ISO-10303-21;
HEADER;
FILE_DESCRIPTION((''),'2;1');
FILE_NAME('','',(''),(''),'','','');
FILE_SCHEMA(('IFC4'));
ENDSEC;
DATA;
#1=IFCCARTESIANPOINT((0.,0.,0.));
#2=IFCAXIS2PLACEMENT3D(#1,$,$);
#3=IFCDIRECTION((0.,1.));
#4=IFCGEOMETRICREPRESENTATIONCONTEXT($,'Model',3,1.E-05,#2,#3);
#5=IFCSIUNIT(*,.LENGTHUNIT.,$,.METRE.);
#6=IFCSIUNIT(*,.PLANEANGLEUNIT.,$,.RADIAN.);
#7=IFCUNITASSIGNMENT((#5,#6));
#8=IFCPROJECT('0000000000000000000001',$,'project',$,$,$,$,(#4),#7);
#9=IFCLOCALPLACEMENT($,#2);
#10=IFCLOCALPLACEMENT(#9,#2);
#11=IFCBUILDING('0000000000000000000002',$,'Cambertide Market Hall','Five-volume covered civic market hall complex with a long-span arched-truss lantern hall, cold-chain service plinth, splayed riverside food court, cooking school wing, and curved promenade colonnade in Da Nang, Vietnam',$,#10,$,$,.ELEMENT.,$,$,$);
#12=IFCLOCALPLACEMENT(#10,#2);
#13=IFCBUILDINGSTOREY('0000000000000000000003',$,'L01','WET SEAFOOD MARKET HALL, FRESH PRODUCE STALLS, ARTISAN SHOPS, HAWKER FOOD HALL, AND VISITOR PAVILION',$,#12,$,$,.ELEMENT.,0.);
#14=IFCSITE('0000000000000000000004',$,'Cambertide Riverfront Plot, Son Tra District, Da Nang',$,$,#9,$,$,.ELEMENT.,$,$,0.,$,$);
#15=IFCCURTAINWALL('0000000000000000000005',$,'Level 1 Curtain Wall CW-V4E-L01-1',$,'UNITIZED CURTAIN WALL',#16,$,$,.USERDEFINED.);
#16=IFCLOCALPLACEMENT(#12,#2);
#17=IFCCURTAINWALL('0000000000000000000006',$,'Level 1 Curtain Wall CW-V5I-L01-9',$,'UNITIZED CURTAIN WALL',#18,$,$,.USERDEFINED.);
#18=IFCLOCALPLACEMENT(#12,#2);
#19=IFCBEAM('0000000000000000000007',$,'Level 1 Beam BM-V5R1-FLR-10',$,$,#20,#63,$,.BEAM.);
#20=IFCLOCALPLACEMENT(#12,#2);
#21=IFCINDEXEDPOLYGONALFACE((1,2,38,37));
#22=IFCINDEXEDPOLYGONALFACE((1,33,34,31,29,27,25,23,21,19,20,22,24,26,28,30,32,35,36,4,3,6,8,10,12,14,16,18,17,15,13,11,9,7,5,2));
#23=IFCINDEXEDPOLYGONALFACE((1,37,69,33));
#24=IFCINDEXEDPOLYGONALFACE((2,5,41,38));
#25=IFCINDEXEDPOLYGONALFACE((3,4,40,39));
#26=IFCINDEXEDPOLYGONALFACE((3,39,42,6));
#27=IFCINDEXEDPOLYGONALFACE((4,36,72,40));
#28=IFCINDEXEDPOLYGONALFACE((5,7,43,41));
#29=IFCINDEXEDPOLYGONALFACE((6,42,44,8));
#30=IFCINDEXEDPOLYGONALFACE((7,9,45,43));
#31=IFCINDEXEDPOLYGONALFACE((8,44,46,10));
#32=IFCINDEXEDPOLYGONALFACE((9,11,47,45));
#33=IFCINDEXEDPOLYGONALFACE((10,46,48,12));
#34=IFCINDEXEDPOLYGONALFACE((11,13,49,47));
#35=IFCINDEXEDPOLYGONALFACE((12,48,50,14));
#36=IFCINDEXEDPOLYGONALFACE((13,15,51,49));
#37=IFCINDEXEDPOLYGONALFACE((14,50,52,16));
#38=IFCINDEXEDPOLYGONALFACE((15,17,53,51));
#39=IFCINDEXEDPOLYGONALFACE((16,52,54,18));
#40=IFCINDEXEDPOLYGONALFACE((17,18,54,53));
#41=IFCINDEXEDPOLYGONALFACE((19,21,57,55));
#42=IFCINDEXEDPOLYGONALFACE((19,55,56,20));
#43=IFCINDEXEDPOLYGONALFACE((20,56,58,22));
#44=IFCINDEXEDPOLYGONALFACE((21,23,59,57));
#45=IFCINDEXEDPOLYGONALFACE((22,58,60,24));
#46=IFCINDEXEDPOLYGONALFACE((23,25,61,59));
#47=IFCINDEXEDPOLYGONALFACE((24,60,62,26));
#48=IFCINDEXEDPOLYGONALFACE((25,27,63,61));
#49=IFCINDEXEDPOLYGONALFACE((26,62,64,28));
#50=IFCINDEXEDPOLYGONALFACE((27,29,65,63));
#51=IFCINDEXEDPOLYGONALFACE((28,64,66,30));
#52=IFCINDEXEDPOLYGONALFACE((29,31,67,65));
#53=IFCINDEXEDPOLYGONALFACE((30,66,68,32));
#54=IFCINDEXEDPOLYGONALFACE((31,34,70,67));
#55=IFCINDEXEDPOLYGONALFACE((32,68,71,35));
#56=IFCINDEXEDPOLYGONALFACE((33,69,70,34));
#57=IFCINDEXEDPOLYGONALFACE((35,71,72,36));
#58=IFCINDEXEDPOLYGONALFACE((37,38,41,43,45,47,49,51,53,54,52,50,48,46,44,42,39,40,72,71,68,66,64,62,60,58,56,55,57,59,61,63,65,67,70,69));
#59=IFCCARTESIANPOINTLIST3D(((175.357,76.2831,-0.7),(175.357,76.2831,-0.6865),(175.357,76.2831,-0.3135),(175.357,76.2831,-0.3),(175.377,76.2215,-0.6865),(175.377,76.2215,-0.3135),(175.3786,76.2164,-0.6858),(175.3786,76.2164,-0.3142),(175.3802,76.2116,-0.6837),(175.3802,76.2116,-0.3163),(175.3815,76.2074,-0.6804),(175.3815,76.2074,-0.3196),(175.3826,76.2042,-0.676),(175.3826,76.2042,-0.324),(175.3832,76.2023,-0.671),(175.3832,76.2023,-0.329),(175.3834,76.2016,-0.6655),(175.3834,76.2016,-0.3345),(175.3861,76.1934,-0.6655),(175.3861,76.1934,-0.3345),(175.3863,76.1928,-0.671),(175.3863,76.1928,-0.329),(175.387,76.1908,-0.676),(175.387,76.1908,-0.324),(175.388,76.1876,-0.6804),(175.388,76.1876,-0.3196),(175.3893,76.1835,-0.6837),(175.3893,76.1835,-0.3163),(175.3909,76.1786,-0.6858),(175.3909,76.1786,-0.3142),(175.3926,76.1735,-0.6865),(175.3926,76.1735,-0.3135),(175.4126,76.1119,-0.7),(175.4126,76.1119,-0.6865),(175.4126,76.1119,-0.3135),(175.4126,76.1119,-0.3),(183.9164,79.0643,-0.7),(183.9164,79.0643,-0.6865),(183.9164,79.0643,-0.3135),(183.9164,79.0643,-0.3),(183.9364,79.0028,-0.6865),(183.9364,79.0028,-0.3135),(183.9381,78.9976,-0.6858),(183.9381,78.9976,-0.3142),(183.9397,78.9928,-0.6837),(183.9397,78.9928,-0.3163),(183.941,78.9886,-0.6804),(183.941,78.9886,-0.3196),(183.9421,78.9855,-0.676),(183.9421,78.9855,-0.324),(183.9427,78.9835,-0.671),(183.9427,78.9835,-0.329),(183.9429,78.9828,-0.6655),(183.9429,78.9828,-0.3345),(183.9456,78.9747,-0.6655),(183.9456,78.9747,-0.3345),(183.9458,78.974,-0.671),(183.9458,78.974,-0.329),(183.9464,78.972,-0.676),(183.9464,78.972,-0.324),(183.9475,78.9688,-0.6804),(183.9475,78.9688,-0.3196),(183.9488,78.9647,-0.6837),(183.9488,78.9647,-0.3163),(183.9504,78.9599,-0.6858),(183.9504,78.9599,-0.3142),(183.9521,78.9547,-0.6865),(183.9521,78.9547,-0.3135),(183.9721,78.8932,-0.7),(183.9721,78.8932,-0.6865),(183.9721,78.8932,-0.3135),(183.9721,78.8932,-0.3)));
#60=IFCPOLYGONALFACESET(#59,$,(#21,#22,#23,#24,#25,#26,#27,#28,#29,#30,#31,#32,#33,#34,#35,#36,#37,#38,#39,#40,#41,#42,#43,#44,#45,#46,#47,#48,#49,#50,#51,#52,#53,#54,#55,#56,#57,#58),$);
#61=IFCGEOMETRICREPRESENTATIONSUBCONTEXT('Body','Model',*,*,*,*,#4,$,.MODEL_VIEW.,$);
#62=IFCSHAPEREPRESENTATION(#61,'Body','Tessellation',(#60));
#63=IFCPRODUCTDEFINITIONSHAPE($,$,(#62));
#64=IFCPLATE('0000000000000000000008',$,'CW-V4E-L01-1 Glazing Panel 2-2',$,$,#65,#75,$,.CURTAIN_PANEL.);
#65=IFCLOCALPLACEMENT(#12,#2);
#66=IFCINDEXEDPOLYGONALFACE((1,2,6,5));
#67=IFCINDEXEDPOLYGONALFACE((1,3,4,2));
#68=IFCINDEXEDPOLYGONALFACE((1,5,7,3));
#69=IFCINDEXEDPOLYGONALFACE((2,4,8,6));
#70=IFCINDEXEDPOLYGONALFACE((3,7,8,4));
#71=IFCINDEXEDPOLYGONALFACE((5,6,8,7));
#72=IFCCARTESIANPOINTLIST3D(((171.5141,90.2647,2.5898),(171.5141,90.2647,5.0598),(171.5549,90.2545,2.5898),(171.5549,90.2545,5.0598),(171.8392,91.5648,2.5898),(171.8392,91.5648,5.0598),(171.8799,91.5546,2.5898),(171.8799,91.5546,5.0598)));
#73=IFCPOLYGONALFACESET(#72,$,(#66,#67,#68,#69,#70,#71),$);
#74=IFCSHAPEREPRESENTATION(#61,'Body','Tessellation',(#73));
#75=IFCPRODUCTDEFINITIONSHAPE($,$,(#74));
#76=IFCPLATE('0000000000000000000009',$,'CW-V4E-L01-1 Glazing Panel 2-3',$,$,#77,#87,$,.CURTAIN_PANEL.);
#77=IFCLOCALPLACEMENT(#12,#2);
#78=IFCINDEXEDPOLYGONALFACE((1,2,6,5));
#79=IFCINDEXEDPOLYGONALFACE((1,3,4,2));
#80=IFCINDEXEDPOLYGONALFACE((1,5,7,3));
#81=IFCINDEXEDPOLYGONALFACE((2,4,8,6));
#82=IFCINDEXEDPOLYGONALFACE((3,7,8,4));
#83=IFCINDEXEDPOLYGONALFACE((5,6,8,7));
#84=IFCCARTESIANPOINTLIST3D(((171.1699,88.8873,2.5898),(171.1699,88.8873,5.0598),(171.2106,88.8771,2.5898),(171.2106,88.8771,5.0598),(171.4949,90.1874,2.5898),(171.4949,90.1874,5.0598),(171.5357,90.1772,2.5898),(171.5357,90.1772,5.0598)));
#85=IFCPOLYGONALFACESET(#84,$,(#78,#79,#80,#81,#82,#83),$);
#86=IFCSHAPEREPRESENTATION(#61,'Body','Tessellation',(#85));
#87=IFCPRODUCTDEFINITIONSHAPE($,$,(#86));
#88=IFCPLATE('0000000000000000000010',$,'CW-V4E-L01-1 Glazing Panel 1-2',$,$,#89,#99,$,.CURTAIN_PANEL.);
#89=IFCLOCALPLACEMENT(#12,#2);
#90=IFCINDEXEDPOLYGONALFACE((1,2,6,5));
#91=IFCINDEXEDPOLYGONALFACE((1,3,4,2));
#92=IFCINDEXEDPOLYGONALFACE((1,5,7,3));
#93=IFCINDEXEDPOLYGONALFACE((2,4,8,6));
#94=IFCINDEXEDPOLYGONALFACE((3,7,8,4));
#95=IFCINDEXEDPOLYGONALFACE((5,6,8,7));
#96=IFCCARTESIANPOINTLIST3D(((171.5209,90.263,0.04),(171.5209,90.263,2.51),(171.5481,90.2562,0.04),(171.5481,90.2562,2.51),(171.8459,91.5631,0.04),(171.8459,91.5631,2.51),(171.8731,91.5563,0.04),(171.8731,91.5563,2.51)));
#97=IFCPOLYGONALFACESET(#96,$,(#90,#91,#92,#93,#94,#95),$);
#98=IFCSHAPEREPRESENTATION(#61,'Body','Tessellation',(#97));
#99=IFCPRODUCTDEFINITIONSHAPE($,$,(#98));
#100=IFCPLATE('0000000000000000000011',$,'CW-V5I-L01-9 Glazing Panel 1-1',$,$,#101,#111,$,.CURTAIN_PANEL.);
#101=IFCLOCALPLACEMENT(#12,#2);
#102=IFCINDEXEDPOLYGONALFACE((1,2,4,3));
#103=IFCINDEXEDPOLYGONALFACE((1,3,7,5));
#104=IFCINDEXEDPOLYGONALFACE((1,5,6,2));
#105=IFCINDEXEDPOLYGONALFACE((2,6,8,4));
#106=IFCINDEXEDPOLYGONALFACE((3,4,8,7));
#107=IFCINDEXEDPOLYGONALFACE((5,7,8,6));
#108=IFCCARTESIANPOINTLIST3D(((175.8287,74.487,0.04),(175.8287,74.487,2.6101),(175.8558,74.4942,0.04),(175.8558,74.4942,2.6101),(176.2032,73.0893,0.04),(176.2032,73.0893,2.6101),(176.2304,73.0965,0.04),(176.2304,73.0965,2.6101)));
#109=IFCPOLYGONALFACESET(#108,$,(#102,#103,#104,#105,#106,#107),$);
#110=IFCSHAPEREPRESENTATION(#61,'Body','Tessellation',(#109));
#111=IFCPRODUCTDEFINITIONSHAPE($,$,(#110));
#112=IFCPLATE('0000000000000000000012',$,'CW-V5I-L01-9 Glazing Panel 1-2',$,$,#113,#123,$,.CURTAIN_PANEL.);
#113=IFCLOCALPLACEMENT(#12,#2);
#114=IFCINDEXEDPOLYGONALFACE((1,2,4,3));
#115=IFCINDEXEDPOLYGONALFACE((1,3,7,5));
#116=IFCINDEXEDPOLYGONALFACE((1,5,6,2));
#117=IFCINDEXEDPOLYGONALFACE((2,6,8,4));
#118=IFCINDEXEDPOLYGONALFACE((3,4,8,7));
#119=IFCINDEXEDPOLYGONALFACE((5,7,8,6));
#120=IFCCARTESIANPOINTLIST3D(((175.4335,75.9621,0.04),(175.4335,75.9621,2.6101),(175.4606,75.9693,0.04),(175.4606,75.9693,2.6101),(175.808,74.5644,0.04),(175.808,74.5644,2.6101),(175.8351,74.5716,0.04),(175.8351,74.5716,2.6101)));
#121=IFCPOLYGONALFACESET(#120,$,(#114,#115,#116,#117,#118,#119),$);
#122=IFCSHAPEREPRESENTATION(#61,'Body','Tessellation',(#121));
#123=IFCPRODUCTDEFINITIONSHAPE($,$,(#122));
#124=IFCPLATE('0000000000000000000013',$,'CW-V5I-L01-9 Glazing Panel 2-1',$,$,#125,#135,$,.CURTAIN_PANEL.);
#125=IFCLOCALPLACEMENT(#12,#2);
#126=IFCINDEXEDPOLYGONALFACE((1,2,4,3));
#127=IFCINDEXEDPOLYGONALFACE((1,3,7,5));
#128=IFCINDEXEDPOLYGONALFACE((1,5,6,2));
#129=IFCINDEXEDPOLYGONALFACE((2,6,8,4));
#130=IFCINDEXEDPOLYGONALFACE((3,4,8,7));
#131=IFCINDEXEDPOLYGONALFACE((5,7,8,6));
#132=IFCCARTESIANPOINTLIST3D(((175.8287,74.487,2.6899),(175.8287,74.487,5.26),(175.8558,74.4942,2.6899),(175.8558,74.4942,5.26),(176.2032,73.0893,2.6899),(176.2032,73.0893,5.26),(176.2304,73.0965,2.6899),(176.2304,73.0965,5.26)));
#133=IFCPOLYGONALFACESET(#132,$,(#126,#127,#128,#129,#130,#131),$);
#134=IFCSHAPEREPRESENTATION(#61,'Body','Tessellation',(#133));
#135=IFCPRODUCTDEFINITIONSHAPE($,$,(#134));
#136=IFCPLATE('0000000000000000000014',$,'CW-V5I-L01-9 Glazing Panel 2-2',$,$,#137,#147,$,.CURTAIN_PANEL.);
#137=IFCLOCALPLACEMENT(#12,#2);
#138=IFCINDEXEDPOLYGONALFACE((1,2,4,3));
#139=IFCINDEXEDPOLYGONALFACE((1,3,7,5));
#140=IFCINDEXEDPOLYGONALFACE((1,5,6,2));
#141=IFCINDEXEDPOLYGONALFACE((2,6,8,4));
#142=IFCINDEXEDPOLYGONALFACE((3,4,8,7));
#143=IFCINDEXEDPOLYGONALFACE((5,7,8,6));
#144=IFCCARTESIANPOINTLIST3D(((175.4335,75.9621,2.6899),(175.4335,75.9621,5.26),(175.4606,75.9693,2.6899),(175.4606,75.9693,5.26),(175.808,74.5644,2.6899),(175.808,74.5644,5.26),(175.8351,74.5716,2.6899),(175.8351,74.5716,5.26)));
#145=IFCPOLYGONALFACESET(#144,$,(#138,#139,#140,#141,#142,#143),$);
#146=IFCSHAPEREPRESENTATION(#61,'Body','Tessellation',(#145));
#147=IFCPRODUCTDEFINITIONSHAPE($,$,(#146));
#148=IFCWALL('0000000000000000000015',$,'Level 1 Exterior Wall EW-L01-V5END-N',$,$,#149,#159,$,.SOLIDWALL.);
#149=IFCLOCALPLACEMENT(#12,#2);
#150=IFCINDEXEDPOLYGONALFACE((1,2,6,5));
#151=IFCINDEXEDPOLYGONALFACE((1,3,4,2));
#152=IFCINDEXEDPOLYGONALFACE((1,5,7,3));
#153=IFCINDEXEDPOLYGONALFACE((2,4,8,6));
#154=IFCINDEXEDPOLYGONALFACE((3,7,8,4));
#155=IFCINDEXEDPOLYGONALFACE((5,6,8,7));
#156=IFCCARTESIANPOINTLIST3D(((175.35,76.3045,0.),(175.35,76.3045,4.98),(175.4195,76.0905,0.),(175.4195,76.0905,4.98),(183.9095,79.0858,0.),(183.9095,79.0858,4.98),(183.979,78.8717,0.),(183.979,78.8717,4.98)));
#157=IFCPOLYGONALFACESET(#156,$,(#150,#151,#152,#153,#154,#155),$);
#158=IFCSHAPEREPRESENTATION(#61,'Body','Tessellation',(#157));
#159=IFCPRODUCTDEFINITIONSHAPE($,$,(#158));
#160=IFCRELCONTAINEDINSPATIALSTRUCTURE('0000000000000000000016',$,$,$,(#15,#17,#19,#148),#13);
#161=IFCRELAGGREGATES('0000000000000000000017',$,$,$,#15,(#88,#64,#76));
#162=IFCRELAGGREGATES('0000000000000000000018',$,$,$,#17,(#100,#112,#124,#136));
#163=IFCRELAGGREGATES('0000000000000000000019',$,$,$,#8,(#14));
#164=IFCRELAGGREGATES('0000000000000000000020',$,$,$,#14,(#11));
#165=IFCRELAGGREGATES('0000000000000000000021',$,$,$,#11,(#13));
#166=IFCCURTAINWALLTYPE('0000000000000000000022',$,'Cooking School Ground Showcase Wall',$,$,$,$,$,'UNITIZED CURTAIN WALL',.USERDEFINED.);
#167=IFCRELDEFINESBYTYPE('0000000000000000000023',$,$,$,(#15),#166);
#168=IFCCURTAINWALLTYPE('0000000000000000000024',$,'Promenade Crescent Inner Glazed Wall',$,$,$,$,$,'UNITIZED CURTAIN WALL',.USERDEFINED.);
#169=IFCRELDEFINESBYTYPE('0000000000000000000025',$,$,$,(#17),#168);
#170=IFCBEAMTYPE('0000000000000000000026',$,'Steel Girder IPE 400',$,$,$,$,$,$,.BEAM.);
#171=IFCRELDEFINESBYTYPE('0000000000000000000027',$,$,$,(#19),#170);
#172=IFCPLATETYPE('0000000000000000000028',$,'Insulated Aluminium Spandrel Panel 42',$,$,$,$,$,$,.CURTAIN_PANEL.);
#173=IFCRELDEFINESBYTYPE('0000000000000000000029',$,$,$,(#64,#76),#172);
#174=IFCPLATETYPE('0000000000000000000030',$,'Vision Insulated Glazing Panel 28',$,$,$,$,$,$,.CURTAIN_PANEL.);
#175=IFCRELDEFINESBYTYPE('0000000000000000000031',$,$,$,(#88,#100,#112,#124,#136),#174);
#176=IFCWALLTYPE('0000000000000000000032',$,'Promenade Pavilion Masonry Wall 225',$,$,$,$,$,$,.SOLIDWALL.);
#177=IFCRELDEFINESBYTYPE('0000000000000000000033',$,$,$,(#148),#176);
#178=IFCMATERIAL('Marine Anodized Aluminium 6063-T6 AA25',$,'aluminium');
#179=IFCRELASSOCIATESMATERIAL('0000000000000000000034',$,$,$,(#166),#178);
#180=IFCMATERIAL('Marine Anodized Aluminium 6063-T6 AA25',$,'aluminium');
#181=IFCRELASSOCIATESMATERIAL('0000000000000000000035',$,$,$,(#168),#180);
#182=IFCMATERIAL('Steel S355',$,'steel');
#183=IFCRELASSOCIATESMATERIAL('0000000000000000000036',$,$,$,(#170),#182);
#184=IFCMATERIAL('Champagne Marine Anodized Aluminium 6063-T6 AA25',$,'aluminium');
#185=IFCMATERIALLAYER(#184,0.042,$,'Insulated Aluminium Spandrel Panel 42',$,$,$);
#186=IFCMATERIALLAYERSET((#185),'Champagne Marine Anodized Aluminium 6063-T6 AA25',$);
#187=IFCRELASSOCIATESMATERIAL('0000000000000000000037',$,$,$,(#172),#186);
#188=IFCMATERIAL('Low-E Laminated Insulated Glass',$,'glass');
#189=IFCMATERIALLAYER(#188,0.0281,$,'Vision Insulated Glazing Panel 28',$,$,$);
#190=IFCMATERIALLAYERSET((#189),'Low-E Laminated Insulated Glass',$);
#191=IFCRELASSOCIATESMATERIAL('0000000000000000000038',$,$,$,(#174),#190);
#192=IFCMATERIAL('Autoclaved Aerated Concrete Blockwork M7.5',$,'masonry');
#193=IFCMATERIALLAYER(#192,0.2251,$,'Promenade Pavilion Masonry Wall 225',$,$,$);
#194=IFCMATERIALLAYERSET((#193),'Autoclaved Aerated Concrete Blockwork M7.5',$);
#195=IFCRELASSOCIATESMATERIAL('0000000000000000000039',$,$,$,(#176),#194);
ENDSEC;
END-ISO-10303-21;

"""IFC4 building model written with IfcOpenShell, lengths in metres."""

from ifc_helpers import new_model, si_unit, direction, frame, frame_2d, origin, origin_2d, place, context, subcontext, project, spatial, rectangle, i_section, extrude, material, layer, layer_set, material_profile, profile_set, type_object, element, aggregate, save


model = new_model("IFC4")

# Units and contexts
model_context = context("Model", 3, precision=1e-05, world=origin(), true_north=direction((0.0, 1.0)))
body_context = subcontext(model_context, "Body", "Model", "MODEL_VIEW")
ifc_project = project(units=[si_unit("LENGTHUNIT", "METRE"), si_unit("PLANEANGLEUNIT", "RADIAN")], contexts=[model_context])

# Site, building, storey
site_placement = place(None, origin())
site = spatial("IfcSite", under=ifc_project, at=site_placement, Name="Cambertide Riverfront Plot, Son Tra District, Da Nang", CompositionType="ELEMENT", RefElevation=0.0)
building_placement = place(site_placement, origin())
building = spatial("IfcBuilding", under=site, at=building_placement, Name="Cambertide Market Hall", Description="Five-volume covered civic market hall complex with a long-span arched-truss lantern hall, cold-chain service plinth, splayed riverside food court, cooking school wing, and curved promenade colonnade in Da Nang, Vietnam", CompositionType="ELEMENT")
storey_placement = place(building_placement, origin())
storey = spatial("IfcBuildingStorey", under=building, at=storey_placement, Name="L01", Description="WET SEAFOOD MARKET HALL, FRESH PRODUCE STALLS, ARTISAN SHOPS, HAWKER FOOD HALL, AND VISITOR PAVILION", CompositionType="ELEMENT", Elevation=0.0)

# Curtain walls
ifc_material_1 = material(Name="Marine Anodized Aluminium 6063-T6 AA25", Category="aluminium")
curtain_wall_type_1 = type_object("IfcCurtainWallType", Name="Cooking School Ground Showcase Wall", ElementType="UNITIZED CURTAIN WALL", PredefinedType="USERDEFINED", material=ifc_material_1)
curtain_wall_1_placement = place(storey_placement, origin())
curtain_wall_1 = element("IfcCurtainWall", 1, at=curtain_wall_1_placement, inside=storey, type_object=curtain_wall_type_1, Name="Level 1 Curtain Wall CW-V4E-L01-1", ObjectType="UNITIZED CURTAIN WALL", PredefinedType="USERDEFINED")
ifc_material_2 = material(Name="Marine Anodized Aluminium 6063-T6 AA25", Category="aluminium")
curtain_wall_type_2 = type_object("IfcCurtainWallType", Name="Promenade Crescent Inner Glazed Wall", ElementType="UNITIZED CURTAIN WALL", PredefinedType="USERDEFINED", material=ifc_material_2)
curtain_wall_2_placement = place(storey_placement, origin())
curtain_wall_2 = element("IfcCurtainWall", 2, at=curtain_wall_2_placement, inside=storey, type_object=curtain_wall_type_2, Name="Level 1 Curtain Wall CW-V5I-L01-9", ObjectType="UNITIZED CURTAIN WALL", PredefinedType="USERDEFINED")

# Beam
ifc_material_3 = material(Name="Steel S355", Category="steel")
ifc_material_profile_1 = material_profile(ifc_material_3, i_section(OverallWidth=0.1799, OverallDepth=0.3999, WebThickness=0.0085, FlangeThickness=0.0134, FilletRadius=0.021, at=origin_2d()), Name="IPE 400")
ifc_profile_set_1 = profile_set([ifc_material_profile_1], Name="Steel S355")
beam_type_1 = type_object("IfcBeamType", Name="Steel Girder IPE 400", PredefinedType="BEAM", material=ifc_profile_set_1)
beam_1_placement = place(storey_placement, frame((175.3848, 76.1975, -0.5), z_axis=(0.951054, 0.309025, 0.0), x_axis=(-0.309025, 0.951054, 0.0)))
element("IfcBeam", 3, at=beam_1_placement, inside=storey, type_object=beam_type_1, Name="Level 1 Beam BM-V5R1-FLR-10", PredefinedType="BEAM", context=body_context, shape_type="SweptSolid", body=[
    extrude(i_section(OverallWidth=0.1799, OverallDepth=0.3999, WebThickness=0.0085, FlangeThickness=0.0134, FilletRadius=0.021, at=origin_2d()), origin(), (0.0, 0.0, 1.0), 9.0),
])

# Plates
ifc_material_4 = material(Name="Champagne Marine Anodized Aluminium 6063-T6 AA25", Category="aluminium")
ifc_layer_1 = layer(ifc_material_4, 0.042, Name="Insulated Aluminium Spandrel Panel 42")
ifc_layer_set_1 = layer_set([ifc_layer_1], Name="Champagne Marine Anodized Aluminium 6063-T6 AA25")
plate_type_1 = type_object("IfcPlateType", Name="Insulated Aluminium Spandrel Panel 42", PredefinedType="CURTAIN_PANEL", material=ifc_layer_set_1)
plate_1_placement = place(storey_placement, frame((171.697, 90.9097, 2.5898), z_axis=(0.0, 0.0, 1.0), x_axis=(-0.242536, -0.970143, 0.0)))
plate_1 = element("IfcPlate", 4, at=plate_1_placement, type_object=plate_type_1, Name="CW-V4E-L01-1 Glazing Panel 2-2", PredefinedType="CURTAIN_PANEL", context=body_context, shape_type="SweptSolid", body=[
    extrude(rectangle(XDim=1.3401, YDim=0.042, at=origin_2d()), origin(), (0.0, 0.0, 1.0), 2.47),
])
plate_2_placement = place(storey_placement, frame((171.3528, 89.5322, 2.5898), z_axis=(0.0, 0.0, 1.0), x_axis=(-0.242536, -0.970143, 0.0)))
plate_2 = element("IfcPlate", 5, at=plate_2_placement, type_object=plate_type_1, Name="CW-V4E-L01-1 Glazing Panel 2-3", PredefinedType="CURTAIN_PANEL", context=body_context, shape_type="SweptSolid", body=[
    extrude(rectangle(XDim=1.3401, YDim=0.042, at=origin_2d()), origin(), (0.0, 0.0, 1.0), 2.47),
])
ifc_material_5 = material(Name="Low-E Laminated Insulated Glass", Category="glass")
ifc_layer_2 = layer(ifc_material_5, 0.0281, Name="Vision Insulated Glazing Panel 28")
ifc_layer_set_2 = layer_set([ifc_layer_2], Name="Low-E Laminated Insulated Glass")
plate_type_2 = type_object("IfcPlateType", Name="Vision Insulated Glazing Panel 28", PredefinedType="CURTAIN_PANEL", material=ifc_layer_set_2)
plate_3_placement = place(storey_placement, frame((171.697, 90.9097, 0.04), z_axis=(0.0, 0.0, 1.0), x_axis=(-0.242536, -0.970143, 0.0)))
plate_3 = element("IfcPlate", 6, at=plate_3_placement, type_object=plate_type_2, Name="CW-V4E-L01-1 Glazing Panel 1-2", PredefinedType="CURTAIN_PANEL", context=body_context, shape_type="SweptSolid", body=[
    extrude(rectangle(XDim=1.3401, YDim=0.0281, at=origin_2d()), origin(), (0.0, 0.0, 1.0), 2.47),
])
aggregate(curtain_wall_1, [plate_3, plate_1, plate_2])
plate_4_placement = place(storey_placement, frame((176.0295, 73.7917, 0.04), z_axis=(0.0, 0.0, 1.0), x_axis=(-0.258819, 0.965926, 0.0)))
plate_4 = element("IfcPlate", 7, at=plate_4_placement, type_object=plate_type_2, Name="CW-V5I-L01-9 Glazing Panel 1-1", PredefinedType="CURTAIN_PANEL", context=body_context, shape_type="SweptSolid", body=[
    extrude(rectangle(XDim=1.447, YDim=0.0281, at=origin_2d()), origin(), (0.0, 0.0, 1.0), 2.5701),
])
plate_5_placement = place(storey_placement, frame((175.6343, 75.2668, 0.04), z_axis=(0.0, 0.0, 1.0), x_axis=(-0.258819, 0.965926, 0.0)))
plate_5 = element("IfcPlate", 8, at=plate_5_placement, type_object=plate_type_2, Name="CW-V5I-L01-9 Glazing Panel 1-2", PredefinedType="CURTAIN_PANEL", context=body_context, shape_type="SweptSolid", body=[
    extrude(rectangle(XDim=1.447, YDim=0.0281, at=origin_2d()), origin(), (0.0, 0.0, 1.0), 2.5701),
])
plate_6_placement = place(storey_placement, frame((176.0295, 73.7917, 2.6899), z_axis=(0.0, 0.0, 1.0), x_axis=(-0.258819, 0.965926, 0.0)))
plate_6 = element("IfcPlate", 9, at=plate_6_placement, type_object=plate_type_2, Name="CW-V5I-L01-9 Glazing Panel 2-1", PredefinedType="CURTAIN_PANEL", context=body_context, shape_type="SweptSolid", body=[
    extrude(rectangle(XDim=1.447, YDim=0.0281, at=origin_2d()), origin(), (0.0, 0.0, 1.0), 2.5701),
])
plate_7_placement = place(storey_placement, frame((175.6343, 75.2668, 2.6899), z_axis=(0.0, 0.0, 1.0), x_axis=(-0.258819, 0.965926, 0.0)))
plate_7 = element("IfcPlate", 10, at=plate_7_placement, type_object=plate_type_2, Name="CW-V5I-L01-9 Glazing Panel 2-2", PredefinedType="CURTAIN_PANEL", context=body_context, shape_type="SweptSolid", body=[
    extrude(rectangle(XDim=1.447, YDim=0.0281, at=origin_2d()), origin(), (0.0, 0.0, 1.0), 2.5701),
])
aggregate(curtain_wall_2, [plate_4, plate_5, plate_6, plate_7])

# Wall
ifc_material_6 = material(Name="Autoclaved Aerated Concrete Blockwork M7.5", Category="masonry")
ifc_layer_3 = layer(ifc_material_6, 0.2251, Name="Promenade Pavilion Masonry Wall 225")
ifc_layer_set_3 = layer_set([ifc_layer_3], Name="Autoclaved Aerated Concrete Blockwork M7.5")
wall_type = type_object("IfcWallType", Name="Promenade Pavilion Masonry Wall 225", PredefinedType="SOLIDWALL", material=ifc_layer_set_3)
wall_placement = place(storey_placement, frame((175.3848, 76.1975, 0.0), z_axis=(0.0, 0.0, 1.0), x_axis=(0.951054, 0.309025, 0.0)))
element("IfcWall", 11, at=wall_placement, inside=storey, type_object=wall_type, Name="Level 1 Exterior Wall EW-L01-V5END-N", PredefinedType="SOLIDWALL", context=body_context, shape_type="SweptSolid", body=[
    extrude(rectangle(XDim=9.0, YDim=0.2251, at=frame_2d((4.5, 0.0))), origin(), (0.0, 0.0, 1.0), 4.98),
])

save(model, "model.ifc")
